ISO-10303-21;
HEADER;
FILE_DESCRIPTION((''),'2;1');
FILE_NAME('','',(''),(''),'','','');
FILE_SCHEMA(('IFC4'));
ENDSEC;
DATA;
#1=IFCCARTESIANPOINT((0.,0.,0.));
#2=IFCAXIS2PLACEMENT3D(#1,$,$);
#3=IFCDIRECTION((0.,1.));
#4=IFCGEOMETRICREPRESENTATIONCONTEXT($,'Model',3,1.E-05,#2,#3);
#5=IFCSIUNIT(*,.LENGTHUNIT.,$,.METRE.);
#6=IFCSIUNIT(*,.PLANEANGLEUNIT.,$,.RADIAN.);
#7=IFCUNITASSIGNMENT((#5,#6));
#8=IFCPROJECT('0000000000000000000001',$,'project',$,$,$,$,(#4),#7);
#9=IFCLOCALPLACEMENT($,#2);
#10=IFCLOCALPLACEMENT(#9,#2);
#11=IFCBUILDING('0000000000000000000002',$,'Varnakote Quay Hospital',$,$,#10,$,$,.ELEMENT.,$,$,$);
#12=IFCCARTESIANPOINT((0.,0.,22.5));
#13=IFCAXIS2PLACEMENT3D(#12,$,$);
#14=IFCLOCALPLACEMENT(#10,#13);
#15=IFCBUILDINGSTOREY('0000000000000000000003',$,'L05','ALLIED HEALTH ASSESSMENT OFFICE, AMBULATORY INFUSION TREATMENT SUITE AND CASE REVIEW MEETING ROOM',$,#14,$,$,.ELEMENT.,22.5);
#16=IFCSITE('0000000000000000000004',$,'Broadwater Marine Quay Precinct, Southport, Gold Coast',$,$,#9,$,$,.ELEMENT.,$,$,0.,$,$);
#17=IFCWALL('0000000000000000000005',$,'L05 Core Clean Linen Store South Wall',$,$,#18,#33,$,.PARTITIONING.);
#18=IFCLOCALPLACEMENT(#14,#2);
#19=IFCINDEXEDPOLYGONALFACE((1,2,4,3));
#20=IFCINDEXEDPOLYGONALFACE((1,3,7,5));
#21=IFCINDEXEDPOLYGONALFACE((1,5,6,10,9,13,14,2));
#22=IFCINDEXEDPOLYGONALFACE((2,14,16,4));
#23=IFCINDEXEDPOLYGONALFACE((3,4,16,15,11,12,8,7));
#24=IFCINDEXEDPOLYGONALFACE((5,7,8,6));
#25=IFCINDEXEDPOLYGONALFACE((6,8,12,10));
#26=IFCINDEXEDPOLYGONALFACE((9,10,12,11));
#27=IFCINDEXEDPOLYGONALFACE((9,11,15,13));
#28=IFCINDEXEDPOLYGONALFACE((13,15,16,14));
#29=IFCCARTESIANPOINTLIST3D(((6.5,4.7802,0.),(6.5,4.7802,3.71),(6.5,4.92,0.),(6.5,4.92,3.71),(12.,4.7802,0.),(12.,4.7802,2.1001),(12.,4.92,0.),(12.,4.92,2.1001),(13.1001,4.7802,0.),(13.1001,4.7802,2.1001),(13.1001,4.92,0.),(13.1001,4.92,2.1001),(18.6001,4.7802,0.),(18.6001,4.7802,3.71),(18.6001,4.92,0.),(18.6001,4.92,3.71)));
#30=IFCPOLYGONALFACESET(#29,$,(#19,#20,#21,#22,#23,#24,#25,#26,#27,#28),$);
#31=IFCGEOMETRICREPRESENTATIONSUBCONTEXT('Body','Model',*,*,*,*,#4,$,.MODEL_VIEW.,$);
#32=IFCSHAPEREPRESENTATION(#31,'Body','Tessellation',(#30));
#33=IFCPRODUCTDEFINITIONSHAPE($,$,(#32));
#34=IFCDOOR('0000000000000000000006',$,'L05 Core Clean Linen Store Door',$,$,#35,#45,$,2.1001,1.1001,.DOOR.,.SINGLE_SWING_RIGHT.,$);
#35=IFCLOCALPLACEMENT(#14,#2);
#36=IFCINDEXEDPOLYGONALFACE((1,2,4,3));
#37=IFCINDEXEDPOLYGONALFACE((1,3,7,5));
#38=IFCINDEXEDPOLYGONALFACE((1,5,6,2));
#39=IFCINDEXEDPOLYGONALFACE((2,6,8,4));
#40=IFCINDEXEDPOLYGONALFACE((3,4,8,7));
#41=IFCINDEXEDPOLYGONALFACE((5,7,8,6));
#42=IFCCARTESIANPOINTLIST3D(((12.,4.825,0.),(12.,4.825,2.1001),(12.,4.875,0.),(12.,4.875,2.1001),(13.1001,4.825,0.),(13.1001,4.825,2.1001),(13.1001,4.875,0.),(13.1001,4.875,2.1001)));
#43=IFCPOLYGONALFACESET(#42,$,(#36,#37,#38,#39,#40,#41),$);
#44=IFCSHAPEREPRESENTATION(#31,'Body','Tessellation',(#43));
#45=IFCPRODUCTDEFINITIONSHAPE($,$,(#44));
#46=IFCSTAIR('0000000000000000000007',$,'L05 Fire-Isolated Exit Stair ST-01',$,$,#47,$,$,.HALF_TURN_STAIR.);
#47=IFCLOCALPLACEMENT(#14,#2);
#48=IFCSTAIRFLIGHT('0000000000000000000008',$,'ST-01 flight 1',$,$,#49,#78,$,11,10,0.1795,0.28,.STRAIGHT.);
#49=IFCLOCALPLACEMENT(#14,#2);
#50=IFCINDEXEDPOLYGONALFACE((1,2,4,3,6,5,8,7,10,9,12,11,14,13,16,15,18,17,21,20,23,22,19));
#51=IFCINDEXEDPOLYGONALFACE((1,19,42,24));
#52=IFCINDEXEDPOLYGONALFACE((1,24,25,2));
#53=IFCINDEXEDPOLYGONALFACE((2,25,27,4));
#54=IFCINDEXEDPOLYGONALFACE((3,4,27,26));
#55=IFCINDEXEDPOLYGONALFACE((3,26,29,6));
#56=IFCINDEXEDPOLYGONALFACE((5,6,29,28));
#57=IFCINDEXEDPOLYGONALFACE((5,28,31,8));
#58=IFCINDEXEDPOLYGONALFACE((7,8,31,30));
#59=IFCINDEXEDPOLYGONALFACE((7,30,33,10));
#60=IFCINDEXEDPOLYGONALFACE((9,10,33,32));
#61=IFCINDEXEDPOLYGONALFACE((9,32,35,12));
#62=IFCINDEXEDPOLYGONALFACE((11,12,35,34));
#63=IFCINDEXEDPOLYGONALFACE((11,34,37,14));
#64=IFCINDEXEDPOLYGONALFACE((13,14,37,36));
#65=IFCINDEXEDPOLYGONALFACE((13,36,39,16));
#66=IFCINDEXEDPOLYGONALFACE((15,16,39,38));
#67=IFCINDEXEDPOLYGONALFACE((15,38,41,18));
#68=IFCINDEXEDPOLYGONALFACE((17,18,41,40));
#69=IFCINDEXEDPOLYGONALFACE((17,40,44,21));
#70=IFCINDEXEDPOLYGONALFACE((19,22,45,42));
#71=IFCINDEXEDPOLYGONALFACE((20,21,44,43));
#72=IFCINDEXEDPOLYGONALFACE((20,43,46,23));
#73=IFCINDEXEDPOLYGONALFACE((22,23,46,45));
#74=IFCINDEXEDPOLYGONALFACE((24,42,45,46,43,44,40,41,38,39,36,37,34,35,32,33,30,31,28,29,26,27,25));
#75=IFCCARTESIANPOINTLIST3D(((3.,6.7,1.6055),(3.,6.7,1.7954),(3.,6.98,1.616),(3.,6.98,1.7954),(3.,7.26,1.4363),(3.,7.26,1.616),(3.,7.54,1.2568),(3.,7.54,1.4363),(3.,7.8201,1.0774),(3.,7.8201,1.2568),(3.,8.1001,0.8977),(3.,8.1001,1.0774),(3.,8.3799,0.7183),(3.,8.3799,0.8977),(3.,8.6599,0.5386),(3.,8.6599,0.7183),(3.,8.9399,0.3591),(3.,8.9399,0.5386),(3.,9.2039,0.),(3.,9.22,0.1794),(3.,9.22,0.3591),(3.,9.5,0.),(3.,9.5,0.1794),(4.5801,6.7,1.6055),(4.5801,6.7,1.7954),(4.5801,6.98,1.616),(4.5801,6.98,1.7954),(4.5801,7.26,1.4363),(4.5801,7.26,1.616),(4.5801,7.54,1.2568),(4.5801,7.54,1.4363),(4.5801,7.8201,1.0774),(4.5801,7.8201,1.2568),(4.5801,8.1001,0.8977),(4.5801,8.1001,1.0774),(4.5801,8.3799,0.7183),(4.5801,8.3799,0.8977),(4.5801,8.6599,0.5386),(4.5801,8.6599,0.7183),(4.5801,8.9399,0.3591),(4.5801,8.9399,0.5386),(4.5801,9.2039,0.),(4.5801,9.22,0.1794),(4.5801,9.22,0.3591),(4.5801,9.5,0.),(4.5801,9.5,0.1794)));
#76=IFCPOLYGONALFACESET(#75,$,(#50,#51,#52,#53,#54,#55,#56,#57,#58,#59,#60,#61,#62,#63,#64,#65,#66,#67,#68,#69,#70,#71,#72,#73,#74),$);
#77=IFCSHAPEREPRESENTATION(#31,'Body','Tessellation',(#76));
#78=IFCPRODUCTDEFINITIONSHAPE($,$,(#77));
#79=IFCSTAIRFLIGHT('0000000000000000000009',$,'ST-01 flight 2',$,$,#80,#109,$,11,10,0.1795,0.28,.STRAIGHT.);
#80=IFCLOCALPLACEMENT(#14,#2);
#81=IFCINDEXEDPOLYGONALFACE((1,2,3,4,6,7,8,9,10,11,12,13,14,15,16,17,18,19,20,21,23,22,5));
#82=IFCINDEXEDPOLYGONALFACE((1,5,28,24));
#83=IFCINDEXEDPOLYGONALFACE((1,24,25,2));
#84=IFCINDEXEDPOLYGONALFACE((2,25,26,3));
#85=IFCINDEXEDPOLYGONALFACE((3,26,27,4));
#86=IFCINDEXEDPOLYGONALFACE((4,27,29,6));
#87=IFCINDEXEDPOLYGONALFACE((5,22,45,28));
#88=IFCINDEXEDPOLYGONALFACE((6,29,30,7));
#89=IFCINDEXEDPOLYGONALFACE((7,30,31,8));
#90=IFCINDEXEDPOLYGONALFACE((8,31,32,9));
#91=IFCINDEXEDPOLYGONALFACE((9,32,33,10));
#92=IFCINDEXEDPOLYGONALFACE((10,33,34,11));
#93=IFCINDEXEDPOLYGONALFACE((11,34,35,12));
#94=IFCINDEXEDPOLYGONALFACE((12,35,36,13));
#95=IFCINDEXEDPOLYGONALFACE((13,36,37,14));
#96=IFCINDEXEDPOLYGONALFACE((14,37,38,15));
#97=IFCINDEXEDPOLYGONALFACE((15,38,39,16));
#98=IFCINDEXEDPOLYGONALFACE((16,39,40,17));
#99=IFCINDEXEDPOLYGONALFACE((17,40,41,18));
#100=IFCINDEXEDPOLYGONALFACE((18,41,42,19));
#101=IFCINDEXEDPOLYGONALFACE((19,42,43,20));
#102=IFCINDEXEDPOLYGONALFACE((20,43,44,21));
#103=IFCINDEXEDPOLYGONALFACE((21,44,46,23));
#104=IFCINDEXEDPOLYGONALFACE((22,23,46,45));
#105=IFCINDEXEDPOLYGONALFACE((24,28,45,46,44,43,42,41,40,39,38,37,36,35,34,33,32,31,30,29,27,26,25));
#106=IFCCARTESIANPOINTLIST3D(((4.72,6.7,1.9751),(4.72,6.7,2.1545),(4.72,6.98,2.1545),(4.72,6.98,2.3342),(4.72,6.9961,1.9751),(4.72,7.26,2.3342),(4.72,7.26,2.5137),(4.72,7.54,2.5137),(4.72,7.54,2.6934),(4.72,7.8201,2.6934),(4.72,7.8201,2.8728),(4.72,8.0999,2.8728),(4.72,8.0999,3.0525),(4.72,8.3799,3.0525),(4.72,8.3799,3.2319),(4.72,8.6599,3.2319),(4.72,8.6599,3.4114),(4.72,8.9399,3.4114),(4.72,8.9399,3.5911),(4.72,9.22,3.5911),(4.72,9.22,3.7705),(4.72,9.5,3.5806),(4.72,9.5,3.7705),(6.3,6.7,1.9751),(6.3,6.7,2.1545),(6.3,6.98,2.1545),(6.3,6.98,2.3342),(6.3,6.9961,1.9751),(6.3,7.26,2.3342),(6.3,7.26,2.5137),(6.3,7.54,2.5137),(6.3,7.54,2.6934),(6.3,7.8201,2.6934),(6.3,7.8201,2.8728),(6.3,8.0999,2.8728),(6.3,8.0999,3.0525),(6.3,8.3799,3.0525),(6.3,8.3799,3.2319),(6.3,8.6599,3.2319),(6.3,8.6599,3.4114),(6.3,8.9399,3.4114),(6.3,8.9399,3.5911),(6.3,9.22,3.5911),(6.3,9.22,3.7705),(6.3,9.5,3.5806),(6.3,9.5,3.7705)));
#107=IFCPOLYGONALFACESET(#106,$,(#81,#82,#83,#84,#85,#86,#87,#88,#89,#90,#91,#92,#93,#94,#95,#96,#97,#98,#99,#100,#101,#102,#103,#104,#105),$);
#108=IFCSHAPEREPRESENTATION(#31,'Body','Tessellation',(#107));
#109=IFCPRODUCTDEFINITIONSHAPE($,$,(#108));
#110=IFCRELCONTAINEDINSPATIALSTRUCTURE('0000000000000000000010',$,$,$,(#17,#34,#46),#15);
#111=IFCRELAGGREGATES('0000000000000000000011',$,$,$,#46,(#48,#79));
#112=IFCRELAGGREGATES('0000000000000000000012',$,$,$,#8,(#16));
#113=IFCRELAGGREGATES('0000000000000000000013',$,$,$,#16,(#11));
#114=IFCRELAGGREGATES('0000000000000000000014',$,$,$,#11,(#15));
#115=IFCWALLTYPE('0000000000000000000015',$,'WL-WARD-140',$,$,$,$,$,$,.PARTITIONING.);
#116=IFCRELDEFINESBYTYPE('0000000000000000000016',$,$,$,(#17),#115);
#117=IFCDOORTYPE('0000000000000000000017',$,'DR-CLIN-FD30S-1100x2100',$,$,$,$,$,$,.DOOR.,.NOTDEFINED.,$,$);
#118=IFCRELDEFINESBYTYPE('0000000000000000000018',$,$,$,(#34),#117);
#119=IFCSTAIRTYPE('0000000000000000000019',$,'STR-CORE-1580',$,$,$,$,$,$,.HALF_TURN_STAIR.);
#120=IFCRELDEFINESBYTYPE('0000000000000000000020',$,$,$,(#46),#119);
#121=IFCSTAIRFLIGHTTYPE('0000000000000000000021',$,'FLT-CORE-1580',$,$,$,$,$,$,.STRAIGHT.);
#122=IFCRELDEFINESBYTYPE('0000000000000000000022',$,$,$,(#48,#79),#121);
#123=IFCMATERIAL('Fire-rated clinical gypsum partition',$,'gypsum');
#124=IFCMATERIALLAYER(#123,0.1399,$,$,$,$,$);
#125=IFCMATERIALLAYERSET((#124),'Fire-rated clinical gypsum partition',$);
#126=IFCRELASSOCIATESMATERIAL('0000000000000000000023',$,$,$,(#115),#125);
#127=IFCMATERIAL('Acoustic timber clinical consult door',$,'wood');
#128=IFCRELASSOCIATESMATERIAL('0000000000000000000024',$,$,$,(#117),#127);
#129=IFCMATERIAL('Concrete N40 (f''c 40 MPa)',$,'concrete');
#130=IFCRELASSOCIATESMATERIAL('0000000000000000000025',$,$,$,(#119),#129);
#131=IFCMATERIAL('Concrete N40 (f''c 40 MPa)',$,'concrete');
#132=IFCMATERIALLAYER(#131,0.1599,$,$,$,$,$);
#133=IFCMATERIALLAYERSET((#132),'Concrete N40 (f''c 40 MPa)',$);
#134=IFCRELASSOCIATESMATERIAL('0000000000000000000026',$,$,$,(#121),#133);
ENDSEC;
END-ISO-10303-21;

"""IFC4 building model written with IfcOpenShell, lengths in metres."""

from ifc_helpers import new_model, si_unit, direction, frame, frame_2d, origin, place, context, subcontext, project, spatial, polyline, rectangle, outline, extrude, material, layer, layer_set, type_object, element, fill, aggregate, save


model = new_model("IFC4")

# Units and contexts
model_context = context("Model", 3, precision=1e-05, world=origin(), true_north=direction((0.0, 1.0)))
body_context = subcontext(model_context, "Body", "Model", "MODEL_VIEW")
ifc_project = project(units=[si_unit("LENGTHUNIT", "METRE"), si_unit("PLANEANGLEUNIT", "RADIAN")], contexts=[model_context])

# Site, building, storey
site_placement = place(None, origin())
site = spatial("IfcSite", under=ifc_project, at=site_placement, Name="Broadwater Marine Quay Precinct, Southport, Gold Coast", CompositionType="ELEMENT", RefElevation=0.0)
building_placement = place(site_placement, origin())
building = spatial("IfcBuilding", under=site, at=building_placement, Name="Varnakote Quay Hospital", CompositionType="ELEMENT")
storey_placement = place(building_placement, frame((0.0, 0.0, 22.5)))
storey = spatial("IfcBuildingStorey", under=building, at=storey_placement, Name="L05", Description="ALLIED HEALTH ASSESSMENT OFFICE, AMBULATORY INFUSION TREATMENT SUITE AND CASE REVIEW MEETING ROOM", CompositionType="ELEMENT", Elevation=22.5)

# Wall, opening, door
ifc_material_1 = material(Name="Fire-rated clinical gypsum partition", Category="gypsum")
ifc_layer_1 = layer(ifc_material_1, 0.1399)
ifc_layer_set_1 = layer_set([ifc_layer_1], Name="Fire-rated clinical gypsum partition")
wall_type_1 = type_object("IfcWallType", Name="WL-WARD-140", PredefinedType="PARTITIONING", material=ifc_layer_set_1)
wall_1_placement = place(storey_placement, frame((6.5, 4.8501, 0.0), z_axis=(0.0, 0.0, 1.0), x_axis=(1.0, 0.0, 0.0)))
wall_1 = element("IfcWall", 1, at=wall_1_placement, inside=storey, type_object=wall_type_1, Name="L05 Core Clean Linen Store South Wall", PredefinedType="PARTITIONING", context=body_context, shape_type="SweptSolid", body=[
    extrude(rectangle(XDim=12.1001, YDim=0.1399, at=frame_2d((6.05, 0.0))), origin(), (0.0, 0.0, 1.0), 3.71),
])
opening_1_placement = place(wall_1_placement, frame((5.5, 0.0, 0.0)))
opening_1 = element("IfcOpeningElement", 2, at=opening_1_placement, cuts=wall_1, PredefinedType="OPENING", context=body_context, shape_type="SweptSolid", body=[
    extrude(rectangle(XDim=1.1001, YDim=2.1001, at=frame_2d((0.55, 1.05))), frame((0.0, 0.0798, 0.0), z_axis=(0.0, -1.0, 0.0), x_axis=(1.0, 0.0, 0.0)), (0.0, 0.0, 1.0), 0.1599),
])
ifc_material_2 = material(Name="Acoustic timber clinical consult door", Category="wood")
door_type_1 = type_object("IfcDoorType", Name="DR-CLIN-FD30S-1100x2100", OperationType="NOTDEFINED", PredefinedType="DOOR", material=ifc_material_2)
door_1_placement = place(opening_1_placement, origin())
door_1 = element("IfcDoor", 3, at=door_1_placement, inside=storey, type_object=door_type_1, Name="L05 Core Clean Linen Store Door", OperationType="SINGLE_SWING_RIGHT", OverallHeight=2.1001, OverallWidth=1.1001, PredefinedType="DOOR", context=body_context, shape_type="SweptSolid", body=[
    extrude(rectangle(XDim=1.1001, YDim=2.1001, at=frame_2d((0.55, 1.05))), frame((0.0, 0.0249, 0.0), z_axis=(0.0, -1.0, 0.0), x_axis=(1.0, 0.0, 0.0)), (0.0, 0.0, 1.0), 0.05),
])
fill(opening_1, door_1)

# Stair, stair flights
ifc_material_3 = material(Name="Concrete N40 (f'c 40 MPa)", Category="concrete")
stair_type = type_object("IfcStairType", Name="STR-CORE-1580", PredefinedType="HALF_TURN_STAIR", material=ifc_material_3)
stair_placement = place(storey_placement, origin())
stair = element("IfcStair", 4, at=stair_placement, inside=storey, type_object=stair_type, Name="L05 Fire-Isolated Exit Stair ST-01", PredefinedType="HALF_TURN_STAIR")
ifc_material_4 = material(Name="Concrete N40 (f'c 40 MPa)", Category="concrete")
ifc_layer_2 = layer(ifc_material_4, 0.1599)
ifc_layer_set_2 = layer_set([ifc_layer_2], Name="Concrete N40 (f'c 40 MPa)")
stair_flight_type = type_object("IfcStairFlightType", Name="FLT-CORE-1580", PredefinedType="STRAIGHT", material=ifc_layer_set_2)
stair_flight_1_placement = place(storey_placement, frame((3.79, 9.5, 0.0), z_axis=(0.0, 0.0, 1.0), x_axis=(0.0, -1.0, 0.0)))
stair_flight_1 = element("IfcStairFlight", 5, at=stair_flight_1_placement, type_object=stair_flight_type, Name="ST-01 flight 1", NumberOfRisers=11, NumberOfTreads=10, PredefinedType="STRAIGHT", RiserHeight=0.1795, TreadLength=0.28, context=body_context, shape_type="SweptSolid", body=[
    extrude(outline(polyline([(0.0, 0.0), (0.0, 0.1794), (0.28, 0.1794), (0.28, 0.3591), (0.5601, 0.3591), (0.5601, 0.5386), (0.8401, 0.5386), (0.8401, 0.7183), (1.1201, 0.7183), (1.1201, 0.8977), (1.3999, 0.8977), (1.3999, 1.0774), (1.6799, 1.0774), (1.6799, 1.2568), (1.96, 1.2568), (1.96, 1.4363), (2.24, 1.4363), (2.24, 1.616), (2.52, 1.616), (2.52, 1.7954), (2.8, 1.7954), (2.8, 1.9751), (2.8, 1.6055), (0.2961, 0.0), (0.0, 0.0)])), frame((0.0, 0.79, 0.0), z_axis=(0.0, -1.0, 0.0), x_axis=(1.0, 0.0, 0.0)), (0.0, 0.0, 1.0), 1.5801),
])
stair_flight_2_placement = place(storey_placement, frame((5.51, 6.7, 1.9751), z_axis=(0.0, 0.0, 1.0), x_axis=(0.0, 1.0, 0.0)))
stair_flight_2 = element("IfcStairFlight", 6, at=stair_flight_2_placement, type_object=stair_flight_type, Name="ST-01 flight 2", NumberOfRisers=11, NumberOfTreads=10, PredefinedType="STRAIGHT", RiserHeight=0.1795, TreadLength=0.28, context=body_context, shape_type="SweptSolid", body=[
    extrude(outline(polyline([(0.0, 0.0), (0.0, 0.1794), (0.28, 0.1794), (0.28, 0.3591), (0.5601, 0.3591), (0.5601, 0.5386), (0.8401, 0.5386), (0.8401, 0.7183), (1.1201, 0.7183), (1.1201, 0.8977), (1.3999, 0.8977), (1.3999, 1.0774), (1.6799, 1.0774), (1.6799, 1.2568), (1.96, 1.2568), (1.96, 1.4363), (2.24, 1.4363), (2.24, 1.616), (2.52, 1.616), (2.52, 1.7954), (2.8, 1.7954), (2.8, 1.9751), (2.8, 1.6055), (0.2961, 0.0), (0.0, 0.0)])), frame((0.0, 0.79, 0.0), z_axis=(0.0, -1.0, 0.0), x_axis=(1.0, 0.0, 0.0)), (0.0, 0.0, 1.0), 1.5801),
])
aggregate(stair, [stair_flight_1, stair_flight_2])

save(model, "model.ifc")
